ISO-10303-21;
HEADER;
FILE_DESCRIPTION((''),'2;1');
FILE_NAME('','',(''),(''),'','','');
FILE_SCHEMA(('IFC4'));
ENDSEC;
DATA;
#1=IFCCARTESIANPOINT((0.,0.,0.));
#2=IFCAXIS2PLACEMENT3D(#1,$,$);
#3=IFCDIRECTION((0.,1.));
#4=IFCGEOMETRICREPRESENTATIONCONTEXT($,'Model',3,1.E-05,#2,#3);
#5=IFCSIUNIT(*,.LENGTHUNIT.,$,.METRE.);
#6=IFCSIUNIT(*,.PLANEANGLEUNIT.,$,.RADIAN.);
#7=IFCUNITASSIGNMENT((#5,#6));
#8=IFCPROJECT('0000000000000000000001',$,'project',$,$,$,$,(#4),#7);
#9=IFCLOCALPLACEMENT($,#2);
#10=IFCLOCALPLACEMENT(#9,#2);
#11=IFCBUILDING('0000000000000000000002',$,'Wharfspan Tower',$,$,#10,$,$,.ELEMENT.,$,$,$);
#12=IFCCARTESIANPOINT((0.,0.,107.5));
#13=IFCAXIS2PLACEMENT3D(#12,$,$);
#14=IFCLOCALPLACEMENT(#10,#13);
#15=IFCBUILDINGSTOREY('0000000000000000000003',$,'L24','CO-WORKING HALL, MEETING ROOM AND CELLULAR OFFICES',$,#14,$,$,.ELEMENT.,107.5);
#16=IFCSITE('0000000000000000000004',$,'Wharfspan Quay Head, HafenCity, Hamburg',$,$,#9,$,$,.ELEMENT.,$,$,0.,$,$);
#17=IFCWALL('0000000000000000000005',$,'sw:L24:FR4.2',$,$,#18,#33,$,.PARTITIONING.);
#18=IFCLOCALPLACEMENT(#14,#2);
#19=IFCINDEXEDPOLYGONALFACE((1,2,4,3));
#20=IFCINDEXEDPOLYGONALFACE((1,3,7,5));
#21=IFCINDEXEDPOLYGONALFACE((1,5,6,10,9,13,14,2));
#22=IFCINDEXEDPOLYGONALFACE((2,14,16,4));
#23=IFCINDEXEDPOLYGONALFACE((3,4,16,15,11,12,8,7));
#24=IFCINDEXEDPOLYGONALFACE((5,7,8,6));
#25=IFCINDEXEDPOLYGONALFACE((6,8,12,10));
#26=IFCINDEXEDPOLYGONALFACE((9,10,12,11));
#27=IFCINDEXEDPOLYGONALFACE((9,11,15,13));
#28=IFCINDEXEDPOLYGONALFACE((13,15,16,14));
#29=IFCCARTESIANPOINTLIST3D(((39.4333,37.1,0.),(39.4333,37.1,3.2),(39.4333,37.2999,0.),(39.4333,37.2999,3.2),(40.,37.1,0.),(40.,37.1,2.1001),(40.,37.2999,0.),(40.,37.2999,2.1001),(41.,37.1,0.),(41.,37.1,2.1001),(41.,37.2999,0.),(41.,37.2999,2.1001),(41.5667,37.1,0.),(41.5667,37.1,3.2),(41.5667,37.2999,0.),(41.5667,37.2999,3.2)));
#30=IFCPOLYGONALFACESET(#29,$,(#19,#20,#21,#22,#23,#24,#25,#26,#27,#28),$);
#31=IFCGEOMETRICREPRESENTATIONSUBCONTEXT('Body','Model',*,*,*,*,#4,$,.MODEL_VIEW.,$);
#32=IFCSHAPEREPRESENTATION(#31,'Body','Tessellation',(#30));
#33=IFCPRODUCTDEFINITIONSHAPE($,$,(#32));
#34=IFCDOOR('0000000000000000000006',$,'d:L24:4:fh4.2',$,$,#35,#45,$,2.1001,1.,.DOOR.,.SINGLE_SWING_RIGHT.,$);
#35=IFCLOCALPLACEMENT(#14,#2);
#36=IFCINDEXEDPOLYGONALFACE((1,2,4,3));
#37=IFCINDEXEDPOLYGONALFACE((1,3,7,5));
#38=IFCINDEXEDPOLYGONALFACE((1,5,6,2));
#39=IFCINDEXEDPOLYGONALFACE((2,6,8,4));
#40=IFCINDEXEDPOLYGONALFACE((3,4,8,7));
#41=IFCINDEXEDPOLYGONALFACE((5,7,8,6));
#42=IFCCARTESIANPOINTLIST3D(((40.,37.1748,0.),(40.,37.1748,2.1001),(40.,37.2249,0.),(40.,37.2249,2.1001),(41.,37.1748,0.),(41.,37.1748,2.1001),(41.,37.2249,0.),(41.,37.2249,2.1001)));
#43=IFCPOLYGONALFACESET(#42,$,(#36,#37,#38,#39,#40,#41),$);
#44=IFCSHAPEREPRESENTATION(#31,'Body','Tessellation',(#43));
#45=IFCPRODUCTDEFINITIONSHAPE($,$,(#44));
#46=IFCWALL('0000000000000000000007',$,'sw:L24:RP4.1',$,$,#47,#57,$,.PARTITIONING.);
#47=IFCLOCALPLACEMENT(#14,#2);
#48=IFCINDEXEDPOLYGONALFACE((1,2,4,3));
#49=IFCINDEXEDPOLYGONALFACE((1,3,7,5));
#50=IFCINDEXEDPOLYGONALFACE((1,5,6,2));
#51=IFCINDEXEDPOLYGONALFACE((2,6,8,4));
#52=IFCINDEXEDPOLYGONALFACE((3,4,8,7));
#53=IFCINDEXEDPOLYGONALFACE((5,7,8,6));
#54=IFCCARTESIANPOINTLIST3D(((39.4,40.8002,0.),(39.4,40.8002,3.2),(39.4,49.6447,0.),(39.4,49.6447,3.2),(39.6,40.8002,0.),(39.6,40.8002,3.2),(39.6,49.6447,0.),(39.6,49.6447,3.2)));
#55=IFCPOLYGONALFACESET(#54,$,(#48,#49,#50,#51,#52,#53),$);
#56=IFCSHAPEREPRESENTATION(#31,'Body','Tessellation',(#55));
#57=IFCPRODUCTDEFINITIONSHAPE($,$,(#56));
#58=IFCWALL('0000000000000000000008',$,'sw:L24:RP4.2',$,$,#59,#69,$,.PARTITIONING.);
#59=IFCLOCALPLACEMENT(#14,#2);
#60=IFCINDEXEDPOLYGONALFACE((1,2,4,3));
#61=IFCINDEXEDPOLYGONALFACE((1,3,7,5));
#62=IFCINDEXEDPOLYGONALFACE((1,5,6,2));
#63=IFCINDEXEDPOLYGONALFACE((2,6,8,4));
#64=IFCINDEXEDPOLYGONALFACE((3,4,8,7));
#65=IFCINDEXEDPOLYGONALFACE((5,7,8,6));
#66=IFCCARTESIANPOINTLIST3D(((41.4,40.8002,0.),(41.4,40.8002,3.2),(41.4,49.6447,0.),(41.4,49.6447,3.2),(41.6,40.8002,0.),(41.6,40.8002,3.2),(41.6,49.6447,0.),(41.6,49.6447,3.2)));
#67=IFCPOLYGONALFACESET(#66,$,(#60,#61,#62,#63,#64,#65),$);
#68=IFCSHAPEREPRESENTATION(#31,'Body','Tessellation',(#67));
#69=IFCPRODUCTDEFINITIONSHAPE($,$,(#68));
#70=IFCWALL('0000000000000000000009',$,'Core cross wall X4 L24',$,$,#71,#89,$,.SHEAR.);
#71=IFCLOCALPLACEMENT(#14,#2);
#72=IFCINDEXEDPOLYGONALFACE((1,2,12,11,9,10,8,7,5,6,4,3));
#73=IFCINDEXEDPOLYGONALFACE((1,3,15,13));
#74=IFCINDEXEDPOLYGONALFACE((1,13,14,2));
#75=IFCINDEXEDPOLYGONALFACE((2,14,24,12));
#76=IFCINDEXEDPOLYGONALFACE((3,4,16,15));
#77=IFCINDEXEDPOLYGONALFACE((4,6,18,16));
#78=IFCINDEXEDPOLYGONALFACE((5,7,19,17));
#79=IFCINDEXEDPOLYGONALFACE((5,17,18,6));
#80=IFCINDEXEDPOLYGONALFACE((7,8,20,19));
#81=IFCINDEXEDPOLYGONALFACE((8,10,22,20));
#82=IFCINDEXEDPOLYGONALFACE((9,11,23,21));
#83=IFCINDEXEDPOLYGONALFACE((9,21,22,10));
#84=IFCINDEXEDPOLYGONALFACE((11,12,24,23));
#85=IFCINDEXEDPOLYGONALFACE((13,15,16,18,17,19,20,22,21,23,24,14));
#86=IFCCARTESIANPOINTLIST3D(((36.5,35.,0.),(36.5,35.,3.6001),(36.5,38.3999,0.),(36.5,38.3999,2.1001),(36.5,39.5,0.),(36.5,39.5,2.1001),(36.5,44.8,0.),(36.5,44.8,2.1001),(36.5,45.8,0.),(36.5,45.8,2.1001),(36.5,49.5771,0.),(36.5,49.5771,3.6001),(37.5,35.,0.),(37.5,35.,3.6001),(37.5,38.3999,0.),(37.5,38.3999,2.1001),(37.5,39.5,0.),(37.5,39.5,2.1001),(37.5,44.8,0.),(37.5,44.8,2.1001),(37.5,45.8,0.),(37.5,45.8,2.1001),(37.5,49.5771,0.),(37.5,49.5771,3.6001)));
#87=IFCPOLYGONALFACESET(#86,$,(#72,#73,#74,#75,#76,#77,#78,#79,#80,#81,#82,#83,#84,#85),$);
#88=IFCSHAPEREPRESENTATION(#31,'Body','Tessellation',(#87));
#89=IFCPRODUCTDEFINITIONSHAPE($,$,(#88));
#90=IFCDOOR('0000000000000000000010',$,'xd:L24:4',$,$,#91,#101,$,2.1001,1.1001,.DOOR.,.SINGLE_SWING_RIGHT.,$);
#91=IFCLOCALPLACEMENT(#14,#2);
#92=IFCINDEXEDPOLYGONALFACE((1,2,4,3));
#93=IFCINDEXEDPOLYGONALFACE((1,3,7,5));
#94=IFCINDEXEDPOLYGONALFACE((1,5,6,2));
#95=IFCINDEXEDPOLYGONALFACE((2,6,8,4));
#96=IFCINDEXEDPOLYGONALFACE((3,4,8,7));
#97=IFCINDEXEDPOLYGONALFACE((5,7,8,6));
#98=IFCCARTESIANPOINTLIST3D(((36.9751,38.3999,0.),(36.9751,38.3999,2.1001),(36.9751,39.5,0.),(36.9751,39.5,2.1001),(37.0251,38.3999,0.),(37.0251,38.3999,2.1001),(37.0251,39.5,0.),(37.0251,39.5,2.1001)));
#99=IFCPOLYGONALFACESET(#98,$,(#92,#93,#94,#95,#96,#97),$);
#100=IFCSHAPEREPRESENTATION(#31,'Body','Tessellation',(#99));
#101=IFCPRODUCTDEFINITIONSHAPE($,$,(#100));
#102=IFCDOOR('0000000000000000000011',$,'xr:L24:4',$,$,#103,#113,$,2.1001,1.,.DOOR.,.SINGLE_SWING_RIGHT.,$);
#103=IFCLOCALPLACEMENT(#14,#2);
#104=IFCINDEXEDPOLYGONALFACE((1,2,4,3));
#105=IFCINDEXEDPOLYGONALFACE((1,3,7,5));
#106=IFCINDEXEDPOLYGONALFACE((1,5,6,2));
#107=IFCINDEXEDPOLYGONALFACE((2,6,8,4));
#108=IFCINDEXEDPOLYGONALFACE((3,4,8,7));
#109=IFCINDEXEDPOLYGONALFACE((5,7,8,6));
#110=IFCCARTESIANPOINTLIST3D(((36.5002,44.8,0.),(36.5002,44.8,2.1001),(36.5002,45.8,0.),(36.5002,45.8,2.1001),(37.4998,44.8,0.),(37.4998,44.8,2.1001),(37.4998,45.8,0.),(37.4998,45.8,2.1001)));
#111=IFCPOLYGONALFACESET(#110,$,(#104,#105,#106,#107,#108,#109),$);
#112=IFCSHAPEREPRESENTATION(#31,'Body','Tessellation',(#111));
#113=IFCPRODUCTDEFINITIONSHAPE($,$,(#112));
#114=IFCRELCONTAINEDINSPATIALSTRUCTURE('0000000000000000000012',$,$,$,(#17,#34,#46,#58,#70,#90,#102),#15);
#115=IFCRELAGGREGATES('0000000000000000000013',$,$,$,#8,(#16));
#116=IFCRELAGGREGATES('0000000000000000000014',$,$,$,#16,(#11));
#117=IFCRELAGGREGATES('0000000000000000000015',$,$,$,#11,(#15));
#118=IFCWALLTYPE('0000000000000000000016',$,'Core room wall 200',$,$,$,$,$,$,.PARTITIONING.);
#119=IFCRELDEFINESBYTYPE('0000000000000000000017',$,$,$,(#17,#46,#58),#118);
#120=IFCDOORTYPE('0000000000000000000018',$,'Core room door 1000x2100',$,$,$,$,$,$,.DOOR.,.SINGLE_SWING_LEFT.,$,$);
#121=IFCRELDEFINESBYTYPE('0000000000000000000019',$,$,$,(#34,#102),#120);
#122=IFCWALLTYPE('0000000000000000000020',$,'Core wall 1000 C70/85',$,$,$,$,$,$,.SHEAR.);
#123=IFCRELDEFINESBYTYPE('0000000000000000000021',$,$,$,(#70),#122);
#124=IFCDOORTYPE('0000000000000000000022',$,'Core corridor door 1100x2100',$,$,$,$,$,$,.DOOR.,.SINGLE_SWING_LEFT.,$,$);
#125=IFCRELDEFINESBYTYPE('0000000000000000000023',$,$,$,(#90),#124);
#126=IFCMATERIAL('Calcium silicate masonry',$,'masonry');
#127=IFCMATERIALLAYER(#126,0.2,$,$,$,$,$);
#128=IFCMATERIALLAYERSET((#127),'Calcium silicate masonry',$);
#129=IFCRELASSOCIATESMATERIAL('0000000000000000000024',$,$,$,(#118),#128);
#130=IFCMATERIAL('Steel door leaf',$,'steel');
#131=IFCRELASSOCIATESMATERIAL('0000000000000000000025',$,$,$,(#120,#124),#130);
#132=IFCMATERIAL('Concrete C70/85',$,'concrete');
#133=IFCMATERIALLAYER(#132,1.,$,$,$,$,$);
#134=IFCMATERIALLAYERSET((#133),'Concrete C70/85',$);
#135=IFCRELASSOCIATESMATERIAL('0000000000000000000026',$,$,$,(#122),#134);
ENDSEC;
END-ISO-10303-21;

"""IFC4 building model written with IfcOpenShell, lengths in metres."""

from ifc_helpers import new_model, si_unit, direction, frame, frame_2d, origin, place, context, subcontext, project, spatial, rectangle, extrude, material, layer, layer_set, type_object, element, fill, save


model = new_model("IFC4")

# Units and contexts
model_context = context("Model", 3, precision=1e-05, world=origin(), true_north=direction((0.0, 1.0)))
body_context = subcontext(model_context, "Body", "Model", "MODEL_VIEW")
ifc_project = project(units=[si_unit("LENGTHUNIT", "METRE"), si_unit("PLANEANGLEUNIT", "RADIAN")], contexts=[model_context])

# Site, building, storey
site_placement = place(None, origin())
site = spatial("IfcSite", under=ifc_project, at=site_placement, Name="Wharfspan Quay Head, HafenCity, Hamburg", CompositionType="ELEMENT", RefElevation=0.0)
building_placement = place(site_placement, origin())
building = spatial("IfcBuilding", under=site, at=building_placement, Name="Wharfspan Tower", CompositionType="ELEMENT")
storey_placement = place(building_placement, frame((0.0, 0.0, 107.5)))
storey = spatial("IfcBuildingStorey", under=building, at=storey_placement, Name="L24", Description="CO-WORKING HALL, MEETING ROOM AND CELLULAR OFFICES", CompositionType="ELEMENT", Elevation=107.5)

# Shared definitions
ifc_material_1 = material(Name="Calcium silicate masonry", Category="masonry")
ifc_layer_1 = layer(ifc_material_1, 0.2)
ifc_layer_set_1 = layer_set([ifc_layer_1], Name="Calcium silicate masonry")
wall_type_1 = type_object("IfcWallType", Name="Core room wall 200", PredefinedType="PARTITIONING", material=ifc_layer_set_1)

# Wall, opening, door
wall_1_placement = place(storey_placement, frame((39.4333, 37.2, 0.0), z_axis=(0.0, 0.0, 1.0), x_axis=(1.0, 0.0, 0.0)))
wall_1 = element("IfcWall", 1, at=wall_1_placement, inside=storey, type_object=wall_type_1, Name="sw:L24:FR4.2", PredefinedType="PARTITIONING", context=body_context, shape_type="SweptSolid", body=[
    extrude(rectangle(XDim=2.1333, YDim=0.2, at=frame_2d((1.0667, 0.0))), origin(), (0.0, 0.0, 1.0), 3.2),
])
opening_1_placement = place(wall_1_placement, frame((0.5666, 0.0, 0.0)))
opening_1 = element("IfcOpeningElement", 2, at=opening_1_placement, cuts=wall_1, PredefinedType="OPENING", context=body_context, shape_type="SweptSolid", body=[
    extrude(rectangle(XDim=1.0, YDim=2.1001, at=frame_2d((0.5, 1.05))), frame((0.0, 0.1099, 0.0), z_axis=(0.0, -1.0, 0.0), x_axis=(1.0, 0.0, 0.0)), (0.0, 0.0, 1.0), 0.22),
])
ifc_material_2 = material(Name="Steel door leaf", Category="steel")
door_type_1 = type_object("IfcDoorType", Name="Core room door 1000x2100", OperationType="SINGLE_SWING_LEFT", PredefinedType="DOOR", material=ifc_material_2)
door_1_placement = place(opening_1_placement, origin())
door_1 = element("IfcDoor", 3, at=door_1_placement, inside=storey, type_object=door_type_1, Name="d:L24:4:fh4.2", OperationType="SINGLE_SWING_RIGHT", OverallHeight=2.1001, OverallWidth=1.0, PredefinedType="DOOR", context=body_context, shape_type="SweptSolid", body=[
    extrude(rectangle(XDim=1.0, YDim=2.1001, at=frame_2d((0.5, 1.05))), frame((0.0, 0.0249, 0.0), z_axis=(0.0, -1.0, 0.0), x_axis=(1.0, 0.0, 0.0)), (0.0, 0.0, 1.0), 0.05),
])
fill(opening_1, door_1)

# Walls
for number, where, z_axis, x_axis, name in (
    (4, (39.5, 40.8, 0.0), (0.0, 0.0, 1.0), (0.0, 1.0, 0.0), "sw:L24:RP4.1"),
    (5, (41.5, 40.8, 0.0), (0.0, 0.0, 1.0), (0.0, 1.0, 0.0), "sw:L24:RP4.2"),
):
    element("IfcWall", number, at=place(storey_placement, frame(where, z_axis=z_axis, x_axis=x_axis)), inside=storey, type_object=wall_type_1, Name=name, PredefinedType="PARTITIONING", context=body_context, shape_type="SweptSolid", body=[
        extrude(rectangle(XDim=8.8445, YDim=0.2, at=frame_2d((4.4224, 0.0))), origin(), (0.0, 0.0, 1.0), 3.2),
    ])

# Wall, openings, doors
ifc_material_3 = material(Name="Concrete C70/85", Category="concrete")
ifc_layer_2 = layer(ifc_material_3, 1.0)
ifc_layer_set_2 = layer_set([ifc_layer_2], Name="Concrete C70/85")
wall_type_2 = type_object("IfcWallType", Name="Core wall 1000 C70/85", PredefinedType="SHEAR", material=ifc_layer_set_2)
wall_2_placement = place(storey_placement, frame((37.0, 35.0, 0.0), z_axis=(0.0, 0.0, 1.0), x_axis=(0.0, 1.0, 0.0)))
wall_2 = element("IfcWall", 6, at=wall_2_placement, inside=storey, type_object=wall_type_2, Name="Core cross wall X4 L24", PredefinedType="SHEAR", context=body_context, shape_type="SweptSolid", body=[
    extrude(rectangle(XDim=14.5771, YDim=1.0, at=frame_2d((7.2886, 0.0))), origin(), (0.0, 0.0, 1.0), 3.6001),
])
opening_2_placement = place(wall_2_placement, frame((3.3999, 0.0, 0.0)))
opening_2 = element("IfcOpeningElement", 7, at=opening_2_placement, cuts=wall_2, PredefinedType="OPENING", context=body_context, shape_type="SweptSolid", body=[
    extrude(rectangle(XDim=1.1001, YDim=2.1001, at=frame_2d((0.55, 1.05))), frame((0.0, 0.51, 0.0), z_axis=(0.0, -1.0, 0.0), x_axis=(1.0, 0.0, 0.0)), (0.0, 0.0, 1.0), 1.02),
])
opening_3_placement = place(wall_2_placement, frame((9.8, 0.0, 0.0)))
opening_3 = element("IfcOpeningElement", 8, at=opening_3_placement, cuts=wall_2, PredefinedType="OPENING", context=body_context, shape_type="SweptSolid", body=[
    extrude(rectangle(XDim=1.0, YDim=2.1001, at=frame_2d((0.5, 1.05))), frame((0.0, 0.51, 0.0), z_axis=(0.0, -1.0, 0.0), x_axis=(1.0, 0.0, 0.0)), (0.0, 0.0, 1.0), 1.02),
])
door_type_2 = type_object("IfcDoorType", Name="Core corridor door 1100x2100", OperationType="SINGLE_SWING_LEFT", PredefinedType="DOOR", material=ifc_material_2)
door_2_placement = place(opening_2_placement, origin())
door_2 = element("IfcDoor", 9, at=door_2_placement, inside=storey, type_object=door_type_2, Name="xd:L24:4", OperationType="SINGLE_SWING_RIGHT", OverallHeight=2.1001, OverallWidth=1.1001, PredefinedType="DOOR", context=body_context, shape_type="SweptSolid", body=[
    extrude(rectangle(XDim=1.1001, YDim=2.1001, at=frame_2d((0.55, 1.05))), frame((0.0, 0.0249, 0.0), z_axis=(0.0, -1.0, 0.0), x_axis=(1.0, 0.0, 0.0)), (0.0, 0.0, 1.0), 0.05),
])
fill(opening_2, door_2)
door_3_placement = place(opening_3_placement, origin())
door_3 = element("IfcDoor", 10, at=door_3_placement, inside=storey, type_object=door_type_1, Name="xr:L24:4", OperationType="SINGLE_SWING_RIGHT", OverallHeight=2.1001, OverallWidth=1.0, PredefinedType="DOOR", context=body_context, shape_type="SweptSolid", body=[
    extrude(rectangle(XDim=1.0, YDim=2.1001, at=frame_2d((0.5, 1.05))), frame((0.0, 0.4998, 0.0), z_axis=(0.0, -1.0, 0.0), x_axis=(1.0, 0.0, 0.0)), (0.0, 0.0, 1.0), 0.9995),
])
fill(opening_3, door_3)

save(model, "model.ifc")
